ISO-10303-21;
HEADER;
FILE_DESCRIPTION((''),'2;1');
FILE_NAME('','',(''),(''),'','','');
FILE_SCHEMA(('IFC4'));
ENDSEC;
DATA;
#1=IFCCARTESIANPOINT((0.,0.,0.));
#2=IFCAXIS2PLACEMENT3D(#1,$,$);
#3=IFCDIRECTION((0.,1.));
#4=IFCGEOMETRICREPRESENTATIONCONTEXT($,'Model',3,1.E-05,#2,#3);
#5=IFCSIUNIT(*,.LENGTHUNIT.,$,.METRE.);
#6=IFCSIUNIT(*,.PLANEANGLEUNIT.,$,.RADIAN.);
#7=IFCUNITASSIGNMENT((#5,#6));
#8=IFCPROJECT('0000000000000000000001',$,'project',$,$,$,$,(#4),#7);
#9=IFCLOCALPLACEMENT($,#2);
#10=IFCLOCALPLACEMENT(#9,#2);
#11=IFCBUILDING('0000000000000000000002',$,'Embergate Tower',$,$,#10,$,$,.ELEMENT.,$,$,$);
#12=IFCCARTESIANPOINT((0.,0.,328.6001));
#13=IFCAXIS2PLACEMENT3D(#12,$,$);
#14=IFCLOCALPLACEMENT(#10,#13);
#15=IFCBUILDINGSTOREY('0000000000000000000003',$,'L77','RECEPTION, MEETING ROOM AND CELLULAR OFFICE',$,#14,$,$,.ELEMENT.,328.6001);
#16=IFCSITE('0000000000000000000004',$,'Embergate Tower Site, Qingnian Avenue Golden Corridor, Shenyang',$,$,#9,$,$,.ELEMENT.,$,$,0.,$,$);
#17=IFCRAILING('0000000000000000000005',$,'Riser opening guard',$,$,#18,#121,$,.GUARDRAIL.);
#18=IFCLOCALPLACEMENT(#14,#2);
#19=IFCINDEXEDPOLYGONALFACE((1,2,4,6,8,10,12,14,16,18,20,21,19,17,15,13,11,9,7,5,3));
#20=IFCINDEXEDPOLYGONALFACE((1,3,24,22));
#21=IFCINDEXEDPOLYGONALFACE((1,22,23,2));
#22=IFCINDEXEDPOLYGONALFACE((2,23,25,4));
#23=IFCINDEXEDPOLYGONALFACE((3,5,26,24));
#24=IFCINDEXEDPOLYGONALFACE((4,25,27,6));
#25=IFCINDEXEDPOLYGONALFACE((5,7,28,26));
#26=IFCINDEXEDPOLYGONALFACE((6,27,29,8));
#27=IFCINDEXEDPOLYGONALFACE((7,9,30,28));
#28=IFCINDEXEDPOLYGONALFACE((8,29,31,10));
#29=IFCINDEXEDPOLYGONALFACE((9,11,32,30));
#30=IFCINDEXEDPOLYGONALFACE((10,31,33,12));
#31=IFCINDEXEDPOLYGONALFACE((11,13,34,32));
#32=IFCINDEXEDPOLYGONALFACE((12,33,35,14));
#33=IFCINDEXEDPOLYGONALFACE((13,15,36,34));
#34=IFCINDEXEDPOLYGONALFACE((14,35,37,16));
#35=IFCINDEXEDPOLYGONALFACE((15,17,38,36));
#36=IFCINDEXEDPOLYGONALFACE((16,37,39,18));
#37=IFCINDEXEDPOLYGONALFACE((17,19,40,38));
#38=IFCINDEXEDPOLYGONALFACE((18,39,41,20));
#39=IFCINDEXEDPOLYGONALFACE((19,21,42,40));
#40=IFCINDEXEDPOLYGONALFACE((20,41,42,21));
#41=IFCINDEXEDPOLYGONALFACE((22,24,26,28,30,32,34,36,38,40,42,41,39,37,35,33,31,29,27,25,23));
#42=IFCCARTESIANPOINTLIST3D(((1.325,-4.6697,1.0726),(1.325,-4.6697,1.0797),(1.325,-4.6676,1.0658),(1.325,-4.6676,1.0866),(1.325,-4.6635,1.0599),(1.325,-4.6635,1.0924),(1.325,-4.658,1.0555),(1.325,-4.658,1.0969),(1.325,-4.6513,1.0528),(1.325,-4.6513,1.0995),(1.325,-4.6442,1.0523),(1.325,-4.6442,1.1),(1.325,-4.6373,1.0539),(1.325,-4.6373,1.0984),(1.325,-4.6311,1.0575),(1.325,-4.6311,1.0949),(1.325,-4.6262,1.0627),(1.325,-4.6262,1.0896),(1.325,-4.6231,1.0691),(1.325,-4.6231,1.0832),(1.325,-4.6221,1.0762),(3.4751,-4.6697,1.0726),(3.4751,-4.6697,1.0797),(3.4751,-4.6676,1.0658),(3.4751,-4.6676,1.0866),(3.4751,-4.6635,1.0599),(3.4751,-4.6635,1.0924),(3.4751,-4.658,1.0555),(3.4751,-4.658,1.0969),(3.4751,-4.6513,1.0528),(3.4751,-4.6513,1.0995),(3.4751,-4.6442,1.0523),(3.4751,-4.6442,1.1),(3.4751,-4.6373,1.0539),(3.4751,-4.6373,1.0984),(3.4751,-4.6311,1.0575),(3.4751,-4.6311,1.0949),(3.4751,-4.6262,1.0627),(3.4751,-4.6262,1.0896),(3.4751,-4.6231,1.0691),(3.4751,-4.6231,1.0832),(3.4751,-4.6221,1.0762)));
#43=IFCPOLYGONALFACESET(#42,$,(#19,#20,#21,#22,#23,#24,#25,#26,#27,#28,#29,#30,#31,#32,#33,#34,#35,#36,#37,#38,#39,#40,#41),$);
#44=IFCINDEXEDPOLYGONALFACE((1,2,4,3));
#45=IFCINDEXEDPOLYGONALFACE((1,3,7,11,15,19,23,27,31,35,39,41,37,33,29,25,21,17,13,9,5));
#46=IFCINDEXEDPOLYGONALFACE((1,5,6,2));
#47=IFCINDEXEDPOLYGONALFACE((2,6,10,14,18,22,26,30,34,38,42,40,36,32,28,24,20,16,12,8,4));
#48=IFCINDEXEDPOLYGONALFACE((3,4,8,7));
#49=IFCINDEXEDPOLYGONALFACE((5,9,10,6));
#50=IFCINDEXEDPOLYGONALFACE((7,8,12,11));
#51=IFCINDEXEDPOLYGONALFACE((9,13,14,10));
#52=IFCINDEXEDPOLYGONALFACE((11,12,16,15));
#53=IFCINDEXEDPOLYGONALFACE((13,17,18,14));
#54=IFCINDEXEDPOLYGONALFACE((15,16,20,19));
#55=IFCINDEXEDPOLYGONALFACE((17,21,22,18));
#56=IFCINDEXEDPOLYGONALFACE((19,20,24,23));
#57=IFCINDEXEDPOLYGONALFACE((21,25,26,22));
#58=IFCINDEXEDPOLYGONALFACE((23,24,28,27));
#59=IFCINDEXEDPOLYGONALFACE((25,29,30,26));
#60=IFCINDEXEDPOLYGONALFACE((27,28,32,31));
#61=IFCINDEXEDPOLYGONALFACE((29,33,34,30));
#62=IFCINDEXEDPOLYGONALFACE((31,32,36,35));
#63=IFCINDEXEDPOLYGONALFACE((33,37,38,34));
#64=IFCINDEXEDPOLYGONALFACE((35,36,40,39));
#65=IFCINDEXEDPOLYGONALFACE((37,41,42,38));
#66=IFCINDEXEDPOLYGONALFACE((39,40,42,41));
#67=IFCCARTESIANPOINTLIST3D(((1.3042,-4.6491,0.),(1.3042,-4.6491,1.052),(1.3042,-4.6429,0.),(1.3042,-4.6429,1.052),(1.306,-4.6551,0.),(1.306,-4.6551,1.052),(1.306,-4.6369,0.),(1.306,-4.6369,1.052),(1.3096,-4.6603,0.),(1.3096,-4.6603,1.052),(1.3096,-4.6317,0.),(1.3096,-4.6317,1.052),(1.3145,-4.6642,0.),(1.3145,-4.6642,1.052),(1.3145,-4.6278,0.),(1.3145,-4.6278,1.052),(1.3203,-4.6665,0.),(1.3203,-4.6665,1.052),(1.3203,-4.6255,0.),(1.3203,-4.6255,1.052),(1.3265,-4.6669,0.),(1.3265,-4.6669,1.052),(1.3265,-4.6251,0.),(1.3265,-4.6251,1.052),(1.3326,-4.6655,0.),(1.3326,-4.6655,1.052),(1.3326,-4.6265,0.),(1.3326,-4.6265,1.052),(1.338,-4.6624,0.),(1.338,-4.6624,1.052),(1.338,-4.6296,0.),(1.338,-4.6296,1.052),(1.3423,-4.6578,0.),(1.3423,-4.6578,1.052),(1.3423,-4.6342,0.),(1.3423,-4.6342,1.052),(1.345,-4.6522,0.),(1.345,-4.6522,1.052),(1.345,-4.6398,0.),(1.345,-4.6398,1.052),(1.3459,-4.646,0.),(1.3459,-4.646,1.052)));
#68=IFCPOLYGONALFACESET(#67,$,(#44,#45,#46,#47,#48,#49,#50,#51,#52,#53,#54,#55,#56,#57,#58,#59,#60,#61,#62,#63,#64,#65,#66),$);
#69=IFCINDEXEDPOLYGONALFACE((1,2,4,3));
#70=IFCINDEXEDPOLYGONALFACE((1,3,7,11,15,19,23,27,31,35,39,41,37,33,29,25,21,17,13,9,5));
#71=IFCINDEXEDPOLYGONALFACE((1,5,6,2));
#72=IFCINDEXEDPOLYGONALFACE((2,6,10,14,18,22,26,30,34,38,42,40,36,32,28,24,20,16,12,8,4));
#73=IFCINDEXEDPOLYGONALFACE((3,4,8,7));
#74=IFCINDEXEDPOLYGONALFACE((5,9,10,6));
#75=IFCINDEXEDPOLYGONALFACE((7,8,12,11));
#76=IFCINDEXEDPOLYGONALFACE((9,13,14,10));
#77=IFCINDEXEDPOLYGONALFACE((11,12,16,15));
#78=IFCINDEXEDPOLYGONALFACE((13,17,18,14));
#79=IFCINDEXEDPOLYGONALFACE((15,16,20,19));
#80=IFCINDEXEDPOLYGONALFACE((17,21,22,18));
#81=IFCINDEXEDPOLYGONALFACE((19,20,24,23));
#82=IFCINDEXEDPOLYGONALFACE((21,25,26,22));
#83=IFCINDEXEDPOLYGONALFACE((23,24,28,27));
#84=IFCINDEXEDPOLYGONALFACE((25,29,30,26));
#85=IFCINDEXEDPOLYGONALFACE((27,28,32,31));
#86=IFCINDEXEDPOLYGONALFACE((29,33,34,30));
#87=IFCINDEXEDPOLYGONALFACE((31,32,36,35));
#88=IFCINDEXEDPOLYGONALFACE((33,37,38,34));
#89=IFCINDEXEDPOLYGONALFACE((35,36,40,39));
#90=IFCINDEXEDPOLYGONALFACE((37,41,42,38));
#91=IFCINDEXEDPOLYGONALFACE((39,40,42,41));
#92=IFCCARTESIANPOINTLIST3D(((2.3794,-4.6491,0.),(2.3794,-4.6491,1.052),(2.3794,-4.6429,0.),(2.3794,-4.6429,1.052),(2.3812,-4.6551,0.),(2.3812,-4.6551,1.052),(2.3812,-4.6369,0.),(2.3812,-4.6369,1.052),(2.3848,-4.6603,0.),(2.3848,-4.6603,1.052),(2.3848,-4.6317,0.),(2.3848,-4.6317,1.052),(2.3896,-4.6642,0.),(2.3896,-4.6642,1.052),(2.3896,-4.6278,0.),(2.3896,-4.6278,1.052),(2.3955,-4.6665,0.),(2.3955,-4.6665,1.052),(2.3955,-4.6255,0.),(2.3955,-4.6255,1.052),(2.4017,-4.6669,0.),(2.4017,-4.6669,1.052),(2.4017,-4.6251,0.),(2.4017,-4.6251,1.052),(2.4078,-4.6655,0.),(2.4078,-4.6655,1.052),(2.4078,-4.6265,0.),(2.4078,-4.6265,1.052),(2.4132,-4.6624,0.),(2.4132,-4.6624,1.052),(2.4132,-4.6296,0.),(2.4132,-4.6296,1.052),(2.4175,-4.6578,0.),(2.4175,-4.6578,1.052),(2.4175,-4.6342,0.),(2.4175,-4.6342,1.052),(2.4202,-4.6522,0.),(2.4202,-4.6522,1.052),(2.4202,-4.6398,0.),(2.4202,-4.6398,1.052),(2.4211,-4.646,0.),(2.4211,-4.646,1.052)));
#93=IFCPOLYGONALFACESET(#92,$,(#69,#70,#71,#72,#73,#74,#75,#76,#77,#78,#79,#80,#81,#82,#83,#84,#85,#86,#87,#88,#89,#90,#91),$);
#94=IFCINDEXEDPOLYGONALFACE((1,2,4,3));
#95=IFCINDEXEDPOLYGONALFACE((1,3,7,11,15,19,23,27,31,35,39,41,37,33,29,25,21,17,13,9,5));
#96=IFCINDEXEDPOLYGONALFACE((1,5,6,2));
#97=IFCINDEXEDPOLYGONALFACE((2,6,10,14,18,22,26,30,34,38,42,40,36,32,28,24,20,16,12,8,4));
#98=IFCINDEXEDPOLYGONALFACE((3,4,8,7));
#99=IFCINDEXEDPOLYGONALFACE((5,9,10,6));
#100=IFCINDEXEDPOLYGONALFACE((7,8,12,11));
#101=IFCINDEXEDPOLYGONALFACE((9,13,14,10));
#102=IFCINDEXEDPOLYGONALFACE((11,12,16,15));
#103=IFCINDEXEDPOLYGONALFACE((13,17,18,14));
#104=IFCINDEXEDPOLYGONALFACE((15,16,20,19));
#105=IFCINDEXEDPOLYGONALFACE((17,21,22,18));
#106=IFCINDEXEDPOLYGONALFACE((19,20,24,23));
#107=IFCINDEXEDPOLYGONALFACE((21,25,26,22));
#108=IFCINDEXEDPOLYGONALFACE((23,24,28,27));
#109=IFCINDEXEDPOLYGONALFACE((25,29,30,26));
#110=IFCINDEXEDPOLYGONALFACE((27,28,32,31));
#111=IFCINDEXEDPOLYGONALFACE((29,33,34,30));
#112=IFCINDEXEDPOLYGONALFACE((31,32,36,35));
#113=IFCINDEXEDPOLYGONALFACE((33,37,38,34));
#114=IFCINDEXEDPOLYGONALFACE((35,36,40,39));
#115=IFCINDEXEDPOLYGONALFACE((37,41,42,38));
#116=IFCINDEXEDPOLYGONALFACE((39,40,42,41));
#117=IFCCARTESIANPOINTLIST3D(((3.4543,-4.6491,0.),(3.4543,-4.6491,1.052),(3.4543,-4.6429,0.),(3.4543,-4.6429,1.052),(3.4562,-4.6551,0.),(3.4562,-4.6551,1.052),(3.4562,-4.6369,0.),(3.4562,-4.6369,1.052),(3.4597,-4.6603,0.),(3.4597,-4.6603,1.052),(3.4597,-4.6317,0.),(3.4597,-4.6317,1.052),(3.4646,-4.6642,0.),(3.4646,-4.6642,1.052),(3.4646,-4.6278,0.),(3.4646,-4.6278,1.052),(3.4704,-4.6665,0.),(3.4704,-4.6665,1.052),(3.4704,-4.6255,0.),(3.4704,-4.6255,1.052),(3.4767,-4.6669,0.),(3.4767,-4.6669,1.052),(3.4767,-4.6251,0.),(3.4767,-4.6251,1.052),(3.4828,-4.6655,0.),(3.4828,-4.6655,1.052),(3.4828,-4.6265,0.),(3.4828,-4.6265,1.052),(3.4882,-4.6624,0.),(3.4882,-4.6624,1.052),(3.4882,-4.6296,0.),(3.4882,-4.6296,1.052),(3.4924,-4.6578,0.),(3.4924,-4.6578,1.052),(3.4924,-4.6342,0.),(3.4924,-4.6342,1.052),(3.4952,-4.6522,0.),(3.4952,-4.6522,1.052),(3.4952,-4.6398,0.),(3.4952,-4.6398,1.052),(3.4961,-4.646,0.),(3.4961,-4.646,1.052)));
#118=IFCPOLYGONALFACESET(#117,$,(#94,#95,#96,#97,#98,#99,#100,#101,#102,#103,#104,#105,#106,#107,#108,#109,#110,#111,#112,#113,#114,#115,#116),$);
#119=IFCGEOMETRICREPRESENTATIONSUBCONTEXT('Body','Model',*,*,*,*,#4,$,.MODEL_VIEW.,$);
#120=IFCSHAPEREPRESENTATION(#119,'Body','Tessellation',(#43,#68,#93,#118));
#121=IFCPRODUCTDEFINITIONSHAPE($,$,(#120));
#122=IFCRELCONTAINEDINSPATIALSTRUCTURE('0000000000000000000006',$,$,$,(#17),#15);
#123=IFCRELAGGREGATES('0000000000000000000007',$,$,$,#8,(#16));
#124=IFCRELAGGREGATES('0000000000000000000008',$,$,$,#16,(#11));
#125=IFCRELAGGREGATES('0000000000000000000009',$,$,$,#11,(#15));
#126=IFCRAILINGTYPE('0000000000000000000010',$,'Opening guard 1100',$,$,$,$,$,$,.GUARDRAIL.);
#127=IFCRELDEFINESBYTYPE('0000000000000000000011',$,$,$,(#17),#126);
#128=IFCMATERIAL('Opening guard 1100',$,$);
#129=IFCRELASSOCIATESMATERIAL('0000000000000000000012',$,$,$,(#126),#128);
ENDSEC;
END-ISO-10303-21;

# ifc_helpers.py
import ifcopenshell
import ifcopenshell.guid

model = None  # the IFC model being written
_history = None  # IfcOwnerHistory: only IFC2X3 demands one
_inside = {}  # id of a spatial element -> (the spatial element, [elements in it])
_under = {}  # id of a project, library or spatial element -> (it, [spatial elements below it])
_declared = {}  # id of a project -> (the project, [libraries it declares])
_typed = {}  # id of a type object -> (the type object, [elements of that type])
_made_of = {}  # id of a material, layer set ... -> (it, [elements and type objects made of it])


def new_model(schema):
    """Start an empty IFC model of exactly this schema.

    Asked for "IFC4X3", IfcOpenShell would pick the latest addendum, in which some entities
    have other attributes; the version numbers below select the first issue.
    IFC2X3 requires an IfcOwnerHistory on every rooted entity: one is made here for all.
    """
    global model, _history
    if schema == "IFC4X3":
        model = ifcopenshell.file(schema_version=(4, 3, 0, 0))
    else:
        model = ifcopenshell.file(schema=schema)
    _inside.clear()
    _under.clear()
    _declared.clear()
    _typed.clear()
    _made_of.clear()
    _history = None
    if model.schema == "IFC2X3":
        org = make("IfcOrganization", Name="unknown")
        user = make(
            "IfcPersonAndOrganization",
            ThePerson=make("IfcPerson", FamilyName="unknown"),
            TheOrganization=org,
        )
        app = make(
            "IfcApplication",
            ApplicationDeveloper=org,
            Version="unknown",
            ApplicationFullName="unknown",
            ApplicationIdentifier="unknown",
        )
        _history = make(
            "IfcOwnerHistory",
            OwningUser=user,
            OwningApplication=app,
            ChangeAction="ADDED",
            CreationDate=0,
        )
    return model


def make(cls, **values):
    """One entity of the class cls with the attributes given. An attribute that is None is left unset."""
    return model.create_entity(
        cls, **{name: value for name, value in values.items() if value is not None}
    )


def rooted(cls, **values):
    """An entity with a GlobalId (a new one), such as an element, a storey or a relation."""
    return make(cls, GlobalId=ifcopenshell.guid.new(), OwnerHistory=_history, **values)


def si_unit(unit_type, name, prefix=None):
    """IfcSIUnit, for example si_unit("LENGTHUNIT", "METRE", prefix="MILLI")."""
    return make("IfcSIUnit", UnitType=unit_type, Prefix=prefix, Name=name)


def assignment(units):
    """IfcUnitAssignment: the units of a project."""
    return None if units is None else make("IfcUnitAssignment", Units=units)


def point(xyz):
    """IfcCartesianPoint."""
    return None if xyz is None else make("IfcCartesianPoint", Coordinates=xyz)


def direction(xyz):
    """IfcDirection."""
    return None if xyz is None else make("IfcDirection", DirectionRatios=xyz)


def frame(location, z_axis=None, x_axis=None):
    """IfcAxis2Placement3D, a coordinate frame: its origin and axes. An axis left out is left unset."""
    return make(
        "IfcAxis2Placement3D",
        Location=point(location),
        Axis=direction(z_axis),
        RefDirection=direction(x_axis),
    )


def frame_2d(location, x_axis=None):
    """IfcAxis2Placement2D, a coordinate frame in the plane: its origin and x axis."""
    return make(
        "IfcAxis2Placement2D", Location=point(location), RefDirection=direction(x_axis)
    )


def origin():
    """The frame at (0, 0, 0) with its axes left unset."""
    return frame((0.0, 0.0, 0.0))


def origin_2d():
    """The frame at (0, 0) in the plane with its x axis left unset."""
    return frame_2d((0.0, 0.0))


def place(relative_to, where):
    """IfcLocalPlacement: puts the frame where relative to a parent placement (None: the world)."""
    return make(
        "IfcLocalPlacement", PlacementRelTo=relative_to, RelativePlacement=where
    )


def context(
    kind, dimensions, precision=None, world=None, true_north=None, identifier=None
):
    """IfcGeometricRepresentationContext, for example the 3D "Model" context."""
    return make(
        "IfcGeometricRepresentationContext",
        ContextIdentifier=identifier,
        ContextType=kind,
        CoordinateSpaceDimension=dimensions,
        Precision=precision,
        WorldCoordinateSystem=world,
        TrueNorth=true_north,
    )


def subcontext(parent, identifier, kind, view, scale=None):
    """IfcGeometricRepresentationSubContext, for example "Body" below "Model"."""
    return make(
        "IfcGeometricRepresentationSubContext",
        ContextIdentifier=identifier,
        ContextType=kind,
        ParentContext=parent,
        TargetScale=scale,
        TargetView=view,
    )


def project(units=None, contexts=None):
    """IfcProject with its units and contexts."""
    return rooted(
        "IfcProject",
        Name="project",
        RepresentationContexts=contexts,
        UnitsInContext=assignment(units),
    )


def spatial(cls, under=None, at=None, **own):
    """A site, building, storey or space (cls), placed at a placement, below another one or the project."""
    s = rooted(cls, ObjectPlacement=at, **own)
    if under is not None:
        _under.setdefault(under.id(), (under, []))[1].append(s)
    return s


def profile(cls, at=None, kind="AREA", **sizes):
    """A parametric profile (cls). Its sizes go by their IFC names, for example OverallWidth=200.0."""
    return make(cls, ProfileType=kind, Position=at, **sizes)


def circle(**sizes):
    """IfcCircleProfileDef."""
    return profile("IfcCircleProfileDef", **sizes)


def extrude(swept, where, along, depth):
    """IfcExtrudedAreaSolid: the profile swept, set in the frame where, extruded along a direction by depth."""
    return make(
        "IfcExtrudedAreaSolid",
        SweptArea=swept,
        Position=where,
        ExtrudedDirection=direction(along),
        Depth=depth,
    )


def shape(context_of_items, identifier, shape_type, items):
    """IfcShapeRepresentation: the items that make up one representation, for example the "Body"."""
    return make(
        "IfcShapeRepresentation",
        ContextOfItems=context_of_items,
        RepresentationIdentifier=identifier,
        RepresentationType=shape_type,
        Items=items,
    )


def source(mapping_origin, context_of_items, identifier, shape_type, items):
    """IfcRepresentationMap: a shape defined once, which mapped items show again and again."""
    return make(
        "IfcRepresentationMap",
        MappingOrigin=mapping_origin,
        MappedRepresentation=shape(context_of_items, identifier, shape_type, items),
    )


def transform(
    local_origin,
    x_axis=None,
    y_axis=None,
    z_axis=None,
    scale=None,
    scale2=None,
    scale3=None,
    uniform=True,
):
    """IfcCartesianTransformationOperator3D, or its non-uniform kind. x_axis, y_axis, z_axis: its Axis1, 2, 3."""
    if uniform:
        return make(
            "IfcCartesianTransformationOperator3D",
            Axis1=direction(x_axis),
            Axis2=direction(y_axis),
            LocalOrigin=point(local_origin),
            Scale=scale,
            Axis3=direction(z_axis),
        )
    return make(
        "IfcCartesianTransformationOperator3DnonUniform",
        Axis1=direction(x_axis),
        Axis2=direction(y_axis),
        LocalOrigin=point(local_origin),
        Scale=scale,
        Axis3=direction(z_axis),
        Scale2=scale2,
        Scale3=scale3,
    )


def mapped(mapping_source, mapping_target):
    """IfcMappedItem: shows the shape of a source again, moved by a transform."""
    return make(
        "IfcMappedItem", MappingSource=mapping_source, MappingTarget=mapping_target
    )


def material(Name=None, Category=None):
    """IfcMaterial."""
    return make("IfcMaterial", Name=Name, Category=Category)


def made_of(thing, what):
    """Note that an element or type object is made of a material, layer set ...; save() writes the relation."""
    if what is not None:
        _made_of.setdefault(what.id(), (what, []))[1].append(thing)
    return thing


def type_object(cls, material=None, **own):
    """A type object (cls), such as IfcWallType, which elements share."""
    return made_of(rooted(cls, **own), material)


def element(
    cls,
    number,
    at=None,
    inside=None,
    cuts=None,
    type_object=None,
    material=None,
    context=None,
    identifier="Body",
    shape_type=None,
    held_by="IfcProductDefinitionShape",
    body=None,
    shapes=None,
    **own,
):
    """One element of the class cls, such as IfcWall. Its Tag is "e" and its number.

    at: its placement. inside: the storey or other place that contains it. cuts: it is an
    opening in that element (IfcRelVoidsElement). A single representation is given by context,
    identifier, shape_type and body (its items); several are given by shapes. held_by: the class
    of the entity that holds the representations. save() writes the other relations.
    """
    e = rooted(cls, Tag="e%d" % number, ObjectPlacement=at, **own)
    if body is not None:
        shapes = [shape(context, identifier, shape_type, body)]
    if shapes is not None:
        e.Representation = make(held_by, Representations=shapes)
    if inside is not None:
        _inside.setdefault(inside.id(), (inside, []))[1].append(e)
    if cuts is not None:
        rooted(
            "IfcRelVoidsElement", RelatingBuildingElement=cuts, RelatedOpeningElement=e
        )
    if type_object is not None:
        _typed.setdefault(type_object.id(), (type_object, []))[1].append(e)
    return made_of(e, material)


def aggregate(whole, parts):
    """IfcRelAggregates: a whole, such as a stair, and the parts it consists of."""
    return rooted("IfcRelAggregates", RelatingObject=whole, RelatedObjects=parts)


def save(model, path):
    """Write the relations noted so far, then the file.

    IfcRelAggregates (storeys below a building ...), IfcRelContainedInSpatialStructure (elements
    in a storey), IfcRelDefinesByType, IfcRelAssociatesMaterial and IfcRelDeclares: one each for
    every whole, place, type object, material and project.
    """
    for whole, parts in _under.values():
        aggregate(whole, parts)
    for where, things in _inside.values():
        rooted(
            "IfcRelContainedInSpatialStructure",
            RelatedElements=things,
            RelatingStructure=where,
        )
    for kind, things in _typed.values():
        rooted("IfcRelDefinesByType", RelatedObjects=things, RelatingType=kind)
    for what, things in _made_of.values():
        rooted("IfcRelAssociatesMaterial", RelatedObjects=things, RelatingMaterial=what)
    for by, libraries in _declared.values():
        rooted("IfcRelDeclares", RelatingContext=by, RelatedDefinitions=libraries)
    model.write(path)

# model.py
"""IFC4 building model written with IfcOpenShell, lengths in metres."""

from ifc_helpers import new_model, si_unit, direction, frame, origin, origin_2d, place, context, subcontext, project, spatial, circle, extrude, source, transform, mapped, material, type_object, element, save


model = new_model("IFC4")

# Units and contexts
model_context = context("Model", 3, precision=1e-05, world=origin(), true_north=direction((0.0, 1.0)))
body_context = subcontext(model_context, "Body", "Model", "MODEL_VIEW")
ifc_project = project(units=[si_unit("LENGTHUNIT", "METRE"), si_unit("PLANEANGLEUNIT", "RADIAN")], contexts=[model_context])

# Site, building, storey
site_placement = place(None, origin())
site = spatial("IfcSite", under=ifc_project, at=site_placement, Name="Embergate Tower Site, Qingnian Avenue Golden Corridor, Shenyang", CompositionType="ELEMENT", RefElevation=0.0)
building_placement = place(site_placement, origin())
building = spatial("IfcBuilding", under=site, at=building_placement, Name="Embergate Tower", CompositionType="ELEMENT")
storey_placement = place(building_placement, frame((0.0, 0.0, 328.6001)))
storey = spatial("IfcBuildingStorey", under=building, at=storey_placement, Name="L77", Description="RECEPTION, MEETING ROOM AND CELLULAR OFFICE", CompositionType="ELEMENT", Elevation=328.6001)

# Railing
ifc_material_1 = material(Name="Opening guard 1100")
railing_type = type_object("IfcRailingType", Name="Opening guard 1100", PredefinedType="GUARDRAIL", material=ifc_material_1)
shared_shape_1 = source(origin(), body_context, "Body", "SweptSolid", [
    extrude(circle(Radius=0.0239, at=origin_2d()), frame((0.0, 0.0, 1.0762), z_axis=(1.0, 0.0, 0.0), x_axis=(0.0, 1.0, 0.0)), (0.0, 0.0, 1.0), 2.1501),
    extrude(circle(Radius=0.021, at=origin_2d()), origin(), (0.0, 0.0, 1.0), 1.052),
    extrude(circle(Radius=0.021, at=origin_2d()), frame((1.0752, 0.0, 0.0)), (0.0, 0.0, 1.0), 1.052),
    extrude(circle(Radius=0.021, at=origin_2d()), frame((2.1501, 0.0, 0.0)), (0.0, 0.0, 1.0), 1.052),
])
railing_placement = place(storey_placement, frame((1.325, -4.646, 0.0)))
element("IfcRailing", 1, at=railing_placement, inside=storey, type_object=railing_type, Name="Riser opening guard", PredefinedType="GUARDRAIL", context=body_context, shape_type="MappedRepresentation", body=[
    mapped(shared_shape_1, transform((0.0, 0.0, 0.0))),
])

save(model, "model.ifc")
